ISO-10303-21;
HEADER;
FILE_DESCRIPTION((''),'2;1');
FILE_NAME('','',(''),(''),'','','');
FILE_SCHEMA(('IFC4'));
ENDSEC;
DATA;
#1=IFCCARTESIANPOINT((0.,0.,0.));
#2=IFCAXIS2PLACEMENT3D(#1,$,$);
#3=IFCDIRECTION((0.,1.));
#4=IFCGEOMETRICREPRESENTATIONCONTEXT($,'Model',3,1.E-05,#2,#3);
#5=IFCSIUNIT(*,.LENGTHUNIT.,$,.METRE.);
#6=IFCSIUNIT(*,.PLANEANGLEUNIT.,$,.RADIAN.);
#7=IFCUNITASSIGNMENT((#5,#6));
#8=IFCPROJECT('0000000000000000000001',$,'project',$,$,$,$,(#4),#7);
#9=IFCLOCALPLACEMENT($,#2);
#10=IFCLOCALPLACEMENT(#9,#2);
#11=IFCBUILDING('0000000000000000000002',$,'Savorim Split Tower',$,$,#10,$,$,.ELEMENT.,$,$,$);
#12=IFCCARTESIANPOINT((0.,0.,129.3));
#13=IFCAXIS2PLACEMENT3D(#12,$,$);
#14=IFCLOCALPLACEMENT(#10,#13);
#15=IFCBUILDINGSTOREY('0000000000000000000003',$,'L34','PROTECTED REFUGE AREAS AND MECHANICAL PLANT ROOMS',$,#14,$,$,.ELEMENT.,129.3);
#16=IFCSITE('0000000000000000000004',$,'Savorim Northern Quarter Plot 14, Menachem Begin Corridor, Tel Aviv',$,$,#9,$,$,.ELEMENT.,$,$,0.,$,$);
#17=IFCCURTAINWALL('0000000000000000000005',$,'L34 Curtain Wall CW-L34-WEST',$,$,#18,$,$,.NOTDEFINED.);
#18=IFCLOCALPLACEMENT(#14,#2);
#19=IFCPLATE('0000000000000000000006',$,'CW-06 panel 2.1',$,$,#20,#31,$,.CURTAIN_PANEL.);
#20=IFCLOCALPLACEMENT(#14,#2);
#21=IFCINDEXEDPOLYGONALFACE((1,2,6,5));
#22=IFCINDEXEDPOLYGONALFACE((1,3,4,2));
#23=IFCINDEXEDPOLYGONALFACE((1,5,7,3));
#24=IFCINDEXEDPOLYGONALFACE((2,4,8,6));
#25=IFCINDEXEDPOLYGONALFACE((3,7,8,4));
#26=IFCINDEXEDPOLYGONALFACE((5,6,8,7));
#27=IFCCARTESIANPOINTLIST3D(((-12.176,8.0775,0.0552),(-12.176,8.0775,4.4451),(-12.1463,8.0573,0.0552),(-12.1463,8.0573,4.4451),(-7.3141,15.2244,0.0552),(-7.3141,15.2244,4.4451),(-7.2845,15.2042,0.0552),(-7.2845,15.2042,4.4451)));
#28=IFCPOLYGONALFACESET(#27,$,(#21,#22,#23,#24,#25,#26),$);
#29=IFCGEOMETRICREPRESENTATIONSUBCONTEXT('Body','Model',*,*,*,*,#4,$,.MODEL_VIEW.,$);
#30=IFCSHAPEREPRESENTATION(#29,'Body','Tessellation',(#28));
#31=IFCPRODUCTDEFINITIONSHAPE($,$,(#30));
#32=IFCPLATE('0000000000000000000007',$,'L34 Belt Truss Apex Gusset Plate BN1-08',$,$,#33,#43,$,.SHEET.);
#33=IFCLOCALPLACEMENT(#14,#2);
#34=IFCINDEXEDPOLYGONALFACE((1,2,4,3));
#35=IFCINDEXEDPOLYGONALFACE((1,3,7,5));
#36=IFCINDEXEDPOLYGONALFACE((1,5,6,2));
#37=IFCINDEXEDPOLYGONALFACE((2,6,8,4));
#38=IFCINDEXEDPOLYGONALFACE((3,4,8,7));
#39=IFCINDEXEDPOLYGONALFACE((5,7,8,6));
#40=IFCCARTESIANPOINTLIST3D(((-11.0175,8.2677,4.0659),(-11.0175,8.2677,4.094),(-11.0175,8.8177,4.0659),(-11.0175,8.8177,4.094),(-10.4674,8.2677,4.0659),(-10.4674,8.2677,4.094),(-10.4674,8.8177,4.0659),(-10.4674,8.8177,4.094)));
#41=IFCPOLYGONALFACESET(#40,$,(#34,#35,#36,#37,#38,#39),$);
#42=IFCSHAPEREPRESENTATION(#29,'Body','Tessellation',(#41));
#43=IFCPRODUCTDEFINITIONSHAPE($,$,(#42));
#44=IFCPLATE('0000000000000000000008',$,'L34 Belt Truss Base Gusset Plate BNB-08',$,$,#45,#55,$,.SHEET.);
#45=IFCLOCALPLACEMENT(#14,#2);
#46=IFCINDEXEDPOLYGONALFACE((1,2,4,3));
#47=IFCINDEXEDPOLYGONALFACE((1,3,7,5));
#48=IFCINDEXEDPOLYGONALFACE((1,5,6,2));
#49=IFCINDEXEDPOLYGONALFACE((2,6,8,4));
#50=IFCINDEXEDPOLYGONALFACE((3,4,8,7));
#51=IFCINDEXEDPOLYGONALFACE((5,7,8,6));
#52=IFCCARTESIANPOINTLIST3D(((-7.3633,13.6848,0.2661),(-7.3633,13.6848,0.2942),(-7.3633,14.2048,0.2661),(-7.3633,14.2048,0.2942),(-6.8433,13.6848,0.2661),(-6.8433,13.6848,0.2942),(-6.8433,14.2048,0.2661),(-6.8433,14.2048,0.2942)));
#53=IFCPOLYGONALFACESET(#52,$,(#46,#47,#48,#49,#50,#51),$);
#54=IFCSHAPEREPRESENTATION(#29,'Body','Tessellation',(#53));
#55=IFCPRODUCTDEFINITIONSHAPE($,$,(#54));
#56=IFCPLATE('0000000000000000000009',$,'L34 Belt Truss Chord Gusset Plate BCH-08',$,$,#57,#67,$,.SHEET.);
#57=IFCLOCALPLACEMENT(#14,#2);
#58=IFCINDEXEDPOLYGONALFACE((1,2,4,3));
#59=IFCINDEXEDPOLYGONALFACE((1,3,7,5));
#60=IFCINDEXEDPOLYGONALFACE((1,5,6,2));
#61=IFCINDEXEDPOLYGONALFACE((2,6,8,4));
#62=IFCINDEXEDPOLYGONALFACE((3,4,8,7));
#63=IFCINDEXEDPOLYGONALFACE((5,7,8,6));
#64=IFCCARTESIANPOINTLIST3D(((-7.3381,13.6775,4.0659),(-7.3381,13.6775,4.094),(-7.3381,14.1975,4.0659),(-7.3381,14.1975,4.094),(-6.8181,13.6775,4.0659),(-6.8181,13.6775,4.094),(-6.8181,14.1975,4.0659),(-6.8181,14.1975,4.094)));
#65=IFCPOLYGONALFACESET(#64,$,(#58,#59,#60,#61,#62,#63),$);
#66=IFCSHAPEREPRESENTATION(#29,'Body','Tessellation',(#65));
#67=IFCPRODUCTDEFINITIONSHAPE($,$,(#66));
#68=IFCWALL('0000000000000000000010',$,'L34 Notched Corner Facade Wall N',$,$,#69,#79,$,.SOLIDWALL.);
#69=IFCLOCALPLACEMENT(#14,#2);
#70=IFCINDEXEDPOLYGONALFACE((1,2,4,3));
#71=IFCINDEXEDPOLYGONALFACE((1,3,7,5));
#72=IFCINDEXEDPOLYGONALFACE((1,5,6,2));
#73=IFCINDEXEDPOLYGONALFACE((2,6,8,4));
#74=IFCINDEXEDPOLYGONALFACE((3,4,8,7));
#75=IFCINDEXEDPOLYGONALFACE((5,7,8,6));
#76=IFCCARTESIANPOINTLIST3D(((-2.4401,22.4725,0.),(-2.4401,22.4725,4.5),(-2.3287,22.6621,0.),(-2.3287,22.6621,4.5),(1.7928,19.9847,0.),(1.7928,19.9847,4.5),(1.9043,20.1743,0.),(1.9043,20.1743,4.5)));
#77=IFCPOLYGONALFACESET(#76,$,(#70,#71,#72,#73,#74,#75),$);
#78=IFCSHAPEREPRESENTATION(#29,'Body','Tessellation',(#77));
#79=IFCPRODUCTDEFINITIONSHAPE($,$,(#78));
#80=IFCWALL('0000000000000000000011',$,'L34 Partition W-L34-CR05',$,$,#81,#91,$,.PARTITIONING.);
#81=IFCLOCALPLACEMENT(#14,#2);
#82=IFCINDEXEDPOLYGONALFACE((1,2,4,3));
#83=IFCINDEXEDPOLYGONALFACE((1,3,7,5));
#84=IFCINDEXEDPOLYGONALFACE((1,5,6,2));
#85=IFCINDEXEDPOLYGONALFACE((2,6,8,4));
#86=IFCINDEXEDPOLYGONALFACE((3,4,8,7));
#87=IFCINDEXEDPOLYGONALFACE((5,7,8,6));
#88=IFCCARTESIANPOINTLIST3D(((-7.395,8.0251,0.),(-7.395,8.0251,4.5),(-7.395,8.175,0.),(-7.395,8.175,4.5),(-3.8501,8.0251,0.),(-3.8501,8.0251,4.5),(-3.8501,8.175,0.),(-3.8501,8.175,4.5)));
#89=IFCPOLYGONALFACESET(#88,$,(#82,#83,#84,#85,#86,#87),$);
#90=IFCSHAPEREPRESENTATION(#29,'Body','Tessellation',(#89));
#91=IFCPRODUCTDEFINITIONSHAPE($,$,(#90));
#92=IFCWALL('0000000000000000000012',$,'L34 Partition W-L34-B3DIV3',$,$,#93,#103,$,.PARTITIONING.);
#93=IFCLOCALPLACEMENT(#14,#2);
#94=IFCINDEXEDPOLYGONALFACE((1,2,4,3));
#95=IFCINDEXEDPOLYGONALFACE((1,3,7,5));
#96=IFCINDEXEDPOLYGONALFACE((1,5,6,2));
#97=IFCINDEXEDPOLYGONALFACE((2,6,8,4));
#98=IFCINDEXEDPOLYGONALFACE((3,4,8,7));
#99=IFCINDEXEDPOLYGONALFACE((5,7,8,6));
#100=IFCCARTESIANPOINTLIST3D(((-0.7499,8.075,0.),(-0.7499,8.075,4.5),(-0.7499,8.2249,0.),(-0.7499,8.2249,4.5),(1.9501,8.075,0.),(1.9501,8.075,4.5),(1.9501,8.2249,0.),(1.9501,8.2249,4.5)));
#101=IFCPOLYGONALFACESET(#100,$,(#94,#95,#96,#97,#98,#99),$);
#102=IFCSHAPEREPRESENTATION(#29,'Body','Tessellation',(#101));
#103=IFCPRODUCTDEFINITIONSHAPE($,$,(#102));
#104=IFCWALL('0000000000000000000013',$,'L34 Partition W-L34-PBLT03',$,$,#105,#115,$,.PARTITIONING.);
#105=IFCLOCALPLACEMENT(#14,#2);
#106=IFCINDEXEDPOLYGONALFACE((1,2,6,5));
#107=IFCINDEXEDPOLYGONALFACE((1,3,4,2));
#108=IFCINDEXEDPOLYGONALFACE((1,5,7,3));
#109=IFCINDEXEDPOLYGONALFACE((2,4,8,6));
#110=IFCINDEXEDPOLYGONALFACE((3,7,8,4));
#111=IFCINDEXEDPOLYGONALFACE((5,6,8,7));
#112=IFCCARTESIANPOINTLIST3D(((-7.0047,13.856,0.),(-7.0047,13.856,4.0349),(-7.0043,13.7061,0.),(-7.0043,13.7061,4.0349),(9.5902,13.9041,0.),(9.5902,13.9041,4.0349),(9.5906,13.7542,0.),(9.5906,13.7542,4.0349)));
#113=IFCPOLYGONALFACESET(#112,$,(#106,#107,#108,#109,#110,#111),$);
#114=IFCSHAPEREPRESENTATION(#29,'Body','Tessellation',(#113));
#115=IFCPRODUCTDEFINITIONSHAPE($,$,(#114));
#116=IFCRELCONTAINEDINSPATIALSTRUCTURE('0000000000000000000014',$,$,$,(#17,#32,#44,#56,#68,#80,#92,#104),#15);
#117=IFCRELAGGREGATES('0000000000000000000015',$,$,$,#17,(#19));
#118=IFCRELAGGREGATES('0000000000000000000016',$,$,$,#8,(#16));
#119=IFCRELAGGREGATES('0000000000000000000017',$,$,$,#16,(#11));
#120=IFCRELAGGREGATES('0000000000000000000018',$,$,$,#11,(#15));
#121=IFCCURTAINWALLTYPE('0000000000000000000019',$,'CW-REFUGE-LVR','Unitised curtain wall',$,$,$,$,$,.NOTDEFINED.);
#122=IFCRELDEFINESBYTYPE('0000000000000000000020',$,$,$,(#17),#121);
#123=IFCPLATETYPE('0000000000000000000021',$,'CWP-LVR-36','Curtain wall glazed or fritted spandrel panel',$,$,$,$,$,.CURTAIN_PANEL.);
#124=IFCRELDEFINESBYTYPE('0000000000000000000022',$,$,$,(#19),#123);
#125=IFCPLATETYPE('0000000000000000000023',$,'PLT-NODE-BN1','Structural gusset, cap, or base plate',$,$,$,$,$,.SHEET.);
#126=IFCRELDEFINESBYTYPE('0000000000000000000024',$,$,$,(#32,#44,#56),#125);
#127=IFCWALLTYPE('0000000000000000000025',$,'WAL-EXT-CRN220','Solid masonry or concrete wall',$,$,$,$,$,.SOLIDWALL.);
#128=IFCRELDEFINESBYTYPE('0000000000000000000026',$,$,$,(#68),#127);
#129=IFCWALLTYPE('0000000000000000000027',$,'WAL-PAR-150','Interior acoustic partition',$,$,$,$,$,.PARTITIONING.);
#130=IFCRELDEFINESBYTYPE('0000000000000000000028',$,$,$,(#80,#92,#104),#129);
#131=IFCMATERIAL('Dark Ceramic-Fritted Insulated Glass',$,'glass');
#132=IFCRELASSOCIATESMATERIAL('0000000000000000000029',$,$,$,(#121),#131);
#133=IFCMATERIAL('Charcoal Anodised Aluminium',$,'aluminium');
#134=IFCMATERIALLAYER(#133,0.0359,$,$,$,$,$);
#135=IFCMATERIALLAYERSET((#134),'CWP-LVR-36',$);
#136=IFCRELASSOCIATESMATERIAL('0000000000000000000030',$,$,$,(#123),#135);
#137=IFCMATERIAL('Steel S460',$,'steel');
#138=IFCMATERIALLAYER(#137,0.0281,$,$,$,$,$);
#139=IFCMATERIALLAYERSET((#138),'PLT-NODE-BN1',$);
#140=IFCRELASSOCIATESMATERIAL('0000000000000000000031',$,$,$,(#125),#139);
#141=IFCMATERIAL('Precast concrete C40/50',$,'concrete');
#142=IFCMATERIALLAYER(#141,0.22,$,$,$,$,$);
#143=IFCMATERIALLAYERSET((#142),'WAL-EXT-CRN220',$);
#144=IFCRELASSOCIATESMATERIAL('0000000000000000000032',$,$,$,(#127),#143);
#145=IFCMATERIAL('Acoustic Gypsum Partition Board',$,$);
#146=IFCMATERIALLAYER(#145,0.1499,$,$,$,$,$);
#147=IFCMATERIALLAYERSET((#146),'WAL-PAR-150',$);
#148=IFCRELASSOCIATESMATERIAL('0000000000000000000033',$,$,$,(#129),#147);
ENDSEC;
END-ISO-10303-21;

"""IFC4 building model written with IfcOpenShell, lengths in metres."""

from ifc_helpers import new_model, si_unit, direction, frame, frame_2d, origin, origin_2d, place, context, subcontext, project, spatial, rectangle, extrude, material, layer, layer_set, type_object, element, aggregate, save


model = new_model("IFC4")

# Units and contexts
model_context = context("Model", 3, precision=1e-05, world=origin(), true_north=direction((0.0, 1.0)))
body_context = subcontext(model_context, "Body", "Model", "MODEL_VIEW")
ifc_project = project(units=[si_unit("LENGTHUNIT", "METRE"), si_unit("PLANEANGLEUNIT", "RADIAN")], contexts=[model_context])

# Site, building, storey
site_placement = place(None, origin())
site = spatial("IfcSite", under=ifc_project, at=site_placement, Name="Savorim Northern Quarter Plot 14, Menachem Begin Corridor, Tel Aviv", CompositionType="ELEMENT", RefElevation=0.0)
building_placement = place(site_placement, origin())
building = spatial("IfcBuilding", under=site, at=building_placement, Name="Savorim Split Tower", CompositionType="ELEMENT")
storey_placement = place(building_placement, frame((0.0, 0.0, 129.3)))
storey = spatial("IfcBuildingStorey", under=building, at=storey_placement, Name="L34", Description="PROTECTED REFUGE AREAS AND MECHANICAL PLANT ROOMS", CompositionType="ELEMENT", Elevation=129.3)

# Shared definitions
ifc_material_1 = material(Name="Steel S460", Category="steel")

# Curtain wall
ifc_material_2 = material(Name="Dark Ceramic-Fritted Insulated Glass", Category="glass")
curtain_wall_type = type_object("IfcCurtainWallType", Name="CW-REFUGE-LVR", Description="Unitised curtain wall", PredefinedType="NOTDEFINED", material=ifc_material_2)
curtain_wall_placement = place(storey_placement, origin())
curtain_wall = element("IfcCurtainWall", 1, at=curtain_wall_placement, inside=storey, type_object=curtain_wall_type, Name="L34 Curtain Wall CW-L34-WEST", PredefinedType="NOTDEFINED")
ifc_material_3 = material(Name="Charcoal Anodised Aluminium", Category="aluminium")

# Plate
ifc_layer_1 = layer(ifc_material_3, 0.0359)
ifc_layer_set_1 = layer_set([ifc_layer_1], Name="CWP-LVR-36")
plate_type_1 = type_object("IfcPlateType", Name="CWP-LVR-36", Description="Curtain wall glazed or fritted spandrel panel", PredefinedType="CURTAIN_PANEL", material=ifc_layer_set_1)
plate_1_placement = place(storey_placement, frame((-9.7302, 11.6409, 0.0552), z_axis=(0.0, 0.0, 1.0), x_axis=(-0.562467, -0.82682, 0.0)))
plate_1 = element("IfcPlate", 2, at=plate_1_placement, type_object=plate_type_1, Name="CW-06 panel 2.1", PredefinedType="CURTAIN_PANEL", context=body_context, shape_type="SweptSolid", body=[
    extrude(rectangle(XDim=8.6438, YDim=0.0359, at=origin_2d()), origin(), (0.0, 0.0, 1.0), 4.3899),
])
aggregate(curtain_wall, [plate_1])

# Plates
ifc_layer_2 = layer(ifc_material_1, 0.0281)
ifc_layer_set_2 = layer_set([ifc_layer_2], Name="PLT-NODE-BN1")
plate_type_2 = type_object("IfcPlateType", Name="PLT-NODE-BN1", Description="Structural gusset, cap, or base plate", PredefinedType="SHEET", material=ifc_layer_set_2)
plate_2_placement = place(storey_placement, frame((-10.7424, 8.5427, 4.0659), z_axis=(0.0, 0.0, 1.0), x_axis=(1.0, 0.0, 0.0)))
element("IfcPlate", 3, at=plate_2_placement, inside=storey, type_object=plate_type_2, Name="L34 Belt Truss Apex Gusset Plate BN1-08", PredefinedType="SHEET", context=body_context, shape_type="SweptSolid", body=[
    extrude(rectangle(XDim=0.55, YDim=0.55, at=origin_2d()), origin(), (0.0, 0.0, 1.0), 0.0281),
])
for number, where, z_axis, x_axis, name in (
    (4, (-7.1033, 13.9448, 0.2661), (0.0, 0.0, 1.0), (1.0, 0.0, 0.0), "L34 Belt Truss Base Gusset Plate BNB-08"),
    (5, (-7.0781, 13.9375, 4.0659), (0.0, 0.0, 1.0), (1.0, 0.0, 0.0), "L34 Belt Truss Chord Gusset Plate BCH-08"),
):
    element("IfcPlate", number, at=place(storey_placement, frame(where, z_axis=z_axis, x_axis=x_axis)), inside=storey, type_object=plate_type_2, Name=name, PredefinedType="SHEET", context=body_context, shape_type="SweptSolid", body=[
        extrude(rectangle(XDim=0.52, YDim=0.52, at=origin_2d()), origin(), (0.0, 0.0, 1.0), 0.0281),
    ])

# Walls
ifc_material_4 = material(Name="Precast concrete C40/50", Category="concrete")
ifc_layer_3 = layer(ifc_material_4, 0.22)
ifc_layer_set_3 = layer_set([ifc_layer_3], Name="WAL-EXT-CRN220")
wall_type_1 = type_object("IfcWallType", Name="WAL-EXT-CRN220", Description="Solid masonry or concrete wall", PredefinedType="SOLIDWALL", material=ifc_layer_set_3)
wall_1_placement = place(storey_placement, frame((-2.3845, 22.5674, 0.0), z_axis=(0.0, 0.0, 1.0), x_axis=(0.862126, -0.506694, 0.0)))
element("IfcWall", 6, at=wall_1_placement, inside=storey, type_object=wall_type_1, Name="L34 Notched Corner Facade Wall N", PredefinedType="SOLIDWALL", context=body_context, shape_type="SweptSolid", body=[
    extrude(rectangle(XDim=4.9099, YDim=0.22, at=frame_2d((2.4551, 0.0))), origin(), (0.0, 0.0, 1.0), 4.5),
])
ifc_material_5 = material(Name="Acoustic Gypsum Partition Board")
ifc_layer_4 = layer(ifc_material_5, 0.1499)
ifc_layer_set_4 = layer_set([ifc_layer_4], Name="WAL-PAR-150")
wall_type_2 = type_object("IfcWallType", Name="WAL-PAR-150", Description="Interior acoustic partition", PredefinedType="PARTITIONING", material=ifc_layer_set_4)
wall_2_placement = place(storey_placement, frame((-7.395, 8.1001, 0.0), z_axis=(0.0, 0.0, 1.0), x_axis=(1.0, 0.0, 0.0)))
element("IfcWall", 7, at=wall_2_placement, inside=storey, type_object=wall_type_2, Name="L34 Partition W-L34-CR05", PredefinedType="PARTITIONING", context=body_context, shape_type="SweptSolid", body=[
    extrude(rectangle(XDim=3.5449, YDim=0.1499, at=frame_2d((1.7725, 0.0))), origin(), (0.0, 0.0, 1.0), 4.5),
])
wall_3_placement = place(storey_placement, frame((-0.75, 8.1499, 0.0), z_axis=(0.0, 0.0, 1.0), x_axis=(1.0, 0.0, 0.0)))
element("IfcWall", 8, at=wall_3_placement, inside=storey, type_object=wall_type_2, Name="L34 Partition W-L34-B3DIV3", PredefinedType="PARTITIONING", context=body_context, shape_type="SweptSolid", body=[
    extrude(rectangle(XDim=2.7, YDim=0.1499, at=frame_2d((1.3501, 0.0))), origin(), (0.0, 0.0, 1.0), 4.5),
])
wall_4_placement = place(storey_placement, frame((-7.0044, 13.781, 0.0), z_axis=(0.0, 0.0, 1.0), x_axis=(0.999996, 0.002898, 0.0)))
element("IfcWall", 9, at=wall_4_placement, inside=storey, type_object=wall_type_2, Name="L34 Partition W-L34-PBLT03", PredefinedType="PARTITIONING", context=body_context, shape_type="SweptSolid", body=[
    extrude(rectangle(XDim=16.595, YDim=0.1499, at=frame_2d((8.2974, 0.0))), origin(), (0.0, 0.0, 1.0), 4.0349),
])

save(model, "model.ifc")
